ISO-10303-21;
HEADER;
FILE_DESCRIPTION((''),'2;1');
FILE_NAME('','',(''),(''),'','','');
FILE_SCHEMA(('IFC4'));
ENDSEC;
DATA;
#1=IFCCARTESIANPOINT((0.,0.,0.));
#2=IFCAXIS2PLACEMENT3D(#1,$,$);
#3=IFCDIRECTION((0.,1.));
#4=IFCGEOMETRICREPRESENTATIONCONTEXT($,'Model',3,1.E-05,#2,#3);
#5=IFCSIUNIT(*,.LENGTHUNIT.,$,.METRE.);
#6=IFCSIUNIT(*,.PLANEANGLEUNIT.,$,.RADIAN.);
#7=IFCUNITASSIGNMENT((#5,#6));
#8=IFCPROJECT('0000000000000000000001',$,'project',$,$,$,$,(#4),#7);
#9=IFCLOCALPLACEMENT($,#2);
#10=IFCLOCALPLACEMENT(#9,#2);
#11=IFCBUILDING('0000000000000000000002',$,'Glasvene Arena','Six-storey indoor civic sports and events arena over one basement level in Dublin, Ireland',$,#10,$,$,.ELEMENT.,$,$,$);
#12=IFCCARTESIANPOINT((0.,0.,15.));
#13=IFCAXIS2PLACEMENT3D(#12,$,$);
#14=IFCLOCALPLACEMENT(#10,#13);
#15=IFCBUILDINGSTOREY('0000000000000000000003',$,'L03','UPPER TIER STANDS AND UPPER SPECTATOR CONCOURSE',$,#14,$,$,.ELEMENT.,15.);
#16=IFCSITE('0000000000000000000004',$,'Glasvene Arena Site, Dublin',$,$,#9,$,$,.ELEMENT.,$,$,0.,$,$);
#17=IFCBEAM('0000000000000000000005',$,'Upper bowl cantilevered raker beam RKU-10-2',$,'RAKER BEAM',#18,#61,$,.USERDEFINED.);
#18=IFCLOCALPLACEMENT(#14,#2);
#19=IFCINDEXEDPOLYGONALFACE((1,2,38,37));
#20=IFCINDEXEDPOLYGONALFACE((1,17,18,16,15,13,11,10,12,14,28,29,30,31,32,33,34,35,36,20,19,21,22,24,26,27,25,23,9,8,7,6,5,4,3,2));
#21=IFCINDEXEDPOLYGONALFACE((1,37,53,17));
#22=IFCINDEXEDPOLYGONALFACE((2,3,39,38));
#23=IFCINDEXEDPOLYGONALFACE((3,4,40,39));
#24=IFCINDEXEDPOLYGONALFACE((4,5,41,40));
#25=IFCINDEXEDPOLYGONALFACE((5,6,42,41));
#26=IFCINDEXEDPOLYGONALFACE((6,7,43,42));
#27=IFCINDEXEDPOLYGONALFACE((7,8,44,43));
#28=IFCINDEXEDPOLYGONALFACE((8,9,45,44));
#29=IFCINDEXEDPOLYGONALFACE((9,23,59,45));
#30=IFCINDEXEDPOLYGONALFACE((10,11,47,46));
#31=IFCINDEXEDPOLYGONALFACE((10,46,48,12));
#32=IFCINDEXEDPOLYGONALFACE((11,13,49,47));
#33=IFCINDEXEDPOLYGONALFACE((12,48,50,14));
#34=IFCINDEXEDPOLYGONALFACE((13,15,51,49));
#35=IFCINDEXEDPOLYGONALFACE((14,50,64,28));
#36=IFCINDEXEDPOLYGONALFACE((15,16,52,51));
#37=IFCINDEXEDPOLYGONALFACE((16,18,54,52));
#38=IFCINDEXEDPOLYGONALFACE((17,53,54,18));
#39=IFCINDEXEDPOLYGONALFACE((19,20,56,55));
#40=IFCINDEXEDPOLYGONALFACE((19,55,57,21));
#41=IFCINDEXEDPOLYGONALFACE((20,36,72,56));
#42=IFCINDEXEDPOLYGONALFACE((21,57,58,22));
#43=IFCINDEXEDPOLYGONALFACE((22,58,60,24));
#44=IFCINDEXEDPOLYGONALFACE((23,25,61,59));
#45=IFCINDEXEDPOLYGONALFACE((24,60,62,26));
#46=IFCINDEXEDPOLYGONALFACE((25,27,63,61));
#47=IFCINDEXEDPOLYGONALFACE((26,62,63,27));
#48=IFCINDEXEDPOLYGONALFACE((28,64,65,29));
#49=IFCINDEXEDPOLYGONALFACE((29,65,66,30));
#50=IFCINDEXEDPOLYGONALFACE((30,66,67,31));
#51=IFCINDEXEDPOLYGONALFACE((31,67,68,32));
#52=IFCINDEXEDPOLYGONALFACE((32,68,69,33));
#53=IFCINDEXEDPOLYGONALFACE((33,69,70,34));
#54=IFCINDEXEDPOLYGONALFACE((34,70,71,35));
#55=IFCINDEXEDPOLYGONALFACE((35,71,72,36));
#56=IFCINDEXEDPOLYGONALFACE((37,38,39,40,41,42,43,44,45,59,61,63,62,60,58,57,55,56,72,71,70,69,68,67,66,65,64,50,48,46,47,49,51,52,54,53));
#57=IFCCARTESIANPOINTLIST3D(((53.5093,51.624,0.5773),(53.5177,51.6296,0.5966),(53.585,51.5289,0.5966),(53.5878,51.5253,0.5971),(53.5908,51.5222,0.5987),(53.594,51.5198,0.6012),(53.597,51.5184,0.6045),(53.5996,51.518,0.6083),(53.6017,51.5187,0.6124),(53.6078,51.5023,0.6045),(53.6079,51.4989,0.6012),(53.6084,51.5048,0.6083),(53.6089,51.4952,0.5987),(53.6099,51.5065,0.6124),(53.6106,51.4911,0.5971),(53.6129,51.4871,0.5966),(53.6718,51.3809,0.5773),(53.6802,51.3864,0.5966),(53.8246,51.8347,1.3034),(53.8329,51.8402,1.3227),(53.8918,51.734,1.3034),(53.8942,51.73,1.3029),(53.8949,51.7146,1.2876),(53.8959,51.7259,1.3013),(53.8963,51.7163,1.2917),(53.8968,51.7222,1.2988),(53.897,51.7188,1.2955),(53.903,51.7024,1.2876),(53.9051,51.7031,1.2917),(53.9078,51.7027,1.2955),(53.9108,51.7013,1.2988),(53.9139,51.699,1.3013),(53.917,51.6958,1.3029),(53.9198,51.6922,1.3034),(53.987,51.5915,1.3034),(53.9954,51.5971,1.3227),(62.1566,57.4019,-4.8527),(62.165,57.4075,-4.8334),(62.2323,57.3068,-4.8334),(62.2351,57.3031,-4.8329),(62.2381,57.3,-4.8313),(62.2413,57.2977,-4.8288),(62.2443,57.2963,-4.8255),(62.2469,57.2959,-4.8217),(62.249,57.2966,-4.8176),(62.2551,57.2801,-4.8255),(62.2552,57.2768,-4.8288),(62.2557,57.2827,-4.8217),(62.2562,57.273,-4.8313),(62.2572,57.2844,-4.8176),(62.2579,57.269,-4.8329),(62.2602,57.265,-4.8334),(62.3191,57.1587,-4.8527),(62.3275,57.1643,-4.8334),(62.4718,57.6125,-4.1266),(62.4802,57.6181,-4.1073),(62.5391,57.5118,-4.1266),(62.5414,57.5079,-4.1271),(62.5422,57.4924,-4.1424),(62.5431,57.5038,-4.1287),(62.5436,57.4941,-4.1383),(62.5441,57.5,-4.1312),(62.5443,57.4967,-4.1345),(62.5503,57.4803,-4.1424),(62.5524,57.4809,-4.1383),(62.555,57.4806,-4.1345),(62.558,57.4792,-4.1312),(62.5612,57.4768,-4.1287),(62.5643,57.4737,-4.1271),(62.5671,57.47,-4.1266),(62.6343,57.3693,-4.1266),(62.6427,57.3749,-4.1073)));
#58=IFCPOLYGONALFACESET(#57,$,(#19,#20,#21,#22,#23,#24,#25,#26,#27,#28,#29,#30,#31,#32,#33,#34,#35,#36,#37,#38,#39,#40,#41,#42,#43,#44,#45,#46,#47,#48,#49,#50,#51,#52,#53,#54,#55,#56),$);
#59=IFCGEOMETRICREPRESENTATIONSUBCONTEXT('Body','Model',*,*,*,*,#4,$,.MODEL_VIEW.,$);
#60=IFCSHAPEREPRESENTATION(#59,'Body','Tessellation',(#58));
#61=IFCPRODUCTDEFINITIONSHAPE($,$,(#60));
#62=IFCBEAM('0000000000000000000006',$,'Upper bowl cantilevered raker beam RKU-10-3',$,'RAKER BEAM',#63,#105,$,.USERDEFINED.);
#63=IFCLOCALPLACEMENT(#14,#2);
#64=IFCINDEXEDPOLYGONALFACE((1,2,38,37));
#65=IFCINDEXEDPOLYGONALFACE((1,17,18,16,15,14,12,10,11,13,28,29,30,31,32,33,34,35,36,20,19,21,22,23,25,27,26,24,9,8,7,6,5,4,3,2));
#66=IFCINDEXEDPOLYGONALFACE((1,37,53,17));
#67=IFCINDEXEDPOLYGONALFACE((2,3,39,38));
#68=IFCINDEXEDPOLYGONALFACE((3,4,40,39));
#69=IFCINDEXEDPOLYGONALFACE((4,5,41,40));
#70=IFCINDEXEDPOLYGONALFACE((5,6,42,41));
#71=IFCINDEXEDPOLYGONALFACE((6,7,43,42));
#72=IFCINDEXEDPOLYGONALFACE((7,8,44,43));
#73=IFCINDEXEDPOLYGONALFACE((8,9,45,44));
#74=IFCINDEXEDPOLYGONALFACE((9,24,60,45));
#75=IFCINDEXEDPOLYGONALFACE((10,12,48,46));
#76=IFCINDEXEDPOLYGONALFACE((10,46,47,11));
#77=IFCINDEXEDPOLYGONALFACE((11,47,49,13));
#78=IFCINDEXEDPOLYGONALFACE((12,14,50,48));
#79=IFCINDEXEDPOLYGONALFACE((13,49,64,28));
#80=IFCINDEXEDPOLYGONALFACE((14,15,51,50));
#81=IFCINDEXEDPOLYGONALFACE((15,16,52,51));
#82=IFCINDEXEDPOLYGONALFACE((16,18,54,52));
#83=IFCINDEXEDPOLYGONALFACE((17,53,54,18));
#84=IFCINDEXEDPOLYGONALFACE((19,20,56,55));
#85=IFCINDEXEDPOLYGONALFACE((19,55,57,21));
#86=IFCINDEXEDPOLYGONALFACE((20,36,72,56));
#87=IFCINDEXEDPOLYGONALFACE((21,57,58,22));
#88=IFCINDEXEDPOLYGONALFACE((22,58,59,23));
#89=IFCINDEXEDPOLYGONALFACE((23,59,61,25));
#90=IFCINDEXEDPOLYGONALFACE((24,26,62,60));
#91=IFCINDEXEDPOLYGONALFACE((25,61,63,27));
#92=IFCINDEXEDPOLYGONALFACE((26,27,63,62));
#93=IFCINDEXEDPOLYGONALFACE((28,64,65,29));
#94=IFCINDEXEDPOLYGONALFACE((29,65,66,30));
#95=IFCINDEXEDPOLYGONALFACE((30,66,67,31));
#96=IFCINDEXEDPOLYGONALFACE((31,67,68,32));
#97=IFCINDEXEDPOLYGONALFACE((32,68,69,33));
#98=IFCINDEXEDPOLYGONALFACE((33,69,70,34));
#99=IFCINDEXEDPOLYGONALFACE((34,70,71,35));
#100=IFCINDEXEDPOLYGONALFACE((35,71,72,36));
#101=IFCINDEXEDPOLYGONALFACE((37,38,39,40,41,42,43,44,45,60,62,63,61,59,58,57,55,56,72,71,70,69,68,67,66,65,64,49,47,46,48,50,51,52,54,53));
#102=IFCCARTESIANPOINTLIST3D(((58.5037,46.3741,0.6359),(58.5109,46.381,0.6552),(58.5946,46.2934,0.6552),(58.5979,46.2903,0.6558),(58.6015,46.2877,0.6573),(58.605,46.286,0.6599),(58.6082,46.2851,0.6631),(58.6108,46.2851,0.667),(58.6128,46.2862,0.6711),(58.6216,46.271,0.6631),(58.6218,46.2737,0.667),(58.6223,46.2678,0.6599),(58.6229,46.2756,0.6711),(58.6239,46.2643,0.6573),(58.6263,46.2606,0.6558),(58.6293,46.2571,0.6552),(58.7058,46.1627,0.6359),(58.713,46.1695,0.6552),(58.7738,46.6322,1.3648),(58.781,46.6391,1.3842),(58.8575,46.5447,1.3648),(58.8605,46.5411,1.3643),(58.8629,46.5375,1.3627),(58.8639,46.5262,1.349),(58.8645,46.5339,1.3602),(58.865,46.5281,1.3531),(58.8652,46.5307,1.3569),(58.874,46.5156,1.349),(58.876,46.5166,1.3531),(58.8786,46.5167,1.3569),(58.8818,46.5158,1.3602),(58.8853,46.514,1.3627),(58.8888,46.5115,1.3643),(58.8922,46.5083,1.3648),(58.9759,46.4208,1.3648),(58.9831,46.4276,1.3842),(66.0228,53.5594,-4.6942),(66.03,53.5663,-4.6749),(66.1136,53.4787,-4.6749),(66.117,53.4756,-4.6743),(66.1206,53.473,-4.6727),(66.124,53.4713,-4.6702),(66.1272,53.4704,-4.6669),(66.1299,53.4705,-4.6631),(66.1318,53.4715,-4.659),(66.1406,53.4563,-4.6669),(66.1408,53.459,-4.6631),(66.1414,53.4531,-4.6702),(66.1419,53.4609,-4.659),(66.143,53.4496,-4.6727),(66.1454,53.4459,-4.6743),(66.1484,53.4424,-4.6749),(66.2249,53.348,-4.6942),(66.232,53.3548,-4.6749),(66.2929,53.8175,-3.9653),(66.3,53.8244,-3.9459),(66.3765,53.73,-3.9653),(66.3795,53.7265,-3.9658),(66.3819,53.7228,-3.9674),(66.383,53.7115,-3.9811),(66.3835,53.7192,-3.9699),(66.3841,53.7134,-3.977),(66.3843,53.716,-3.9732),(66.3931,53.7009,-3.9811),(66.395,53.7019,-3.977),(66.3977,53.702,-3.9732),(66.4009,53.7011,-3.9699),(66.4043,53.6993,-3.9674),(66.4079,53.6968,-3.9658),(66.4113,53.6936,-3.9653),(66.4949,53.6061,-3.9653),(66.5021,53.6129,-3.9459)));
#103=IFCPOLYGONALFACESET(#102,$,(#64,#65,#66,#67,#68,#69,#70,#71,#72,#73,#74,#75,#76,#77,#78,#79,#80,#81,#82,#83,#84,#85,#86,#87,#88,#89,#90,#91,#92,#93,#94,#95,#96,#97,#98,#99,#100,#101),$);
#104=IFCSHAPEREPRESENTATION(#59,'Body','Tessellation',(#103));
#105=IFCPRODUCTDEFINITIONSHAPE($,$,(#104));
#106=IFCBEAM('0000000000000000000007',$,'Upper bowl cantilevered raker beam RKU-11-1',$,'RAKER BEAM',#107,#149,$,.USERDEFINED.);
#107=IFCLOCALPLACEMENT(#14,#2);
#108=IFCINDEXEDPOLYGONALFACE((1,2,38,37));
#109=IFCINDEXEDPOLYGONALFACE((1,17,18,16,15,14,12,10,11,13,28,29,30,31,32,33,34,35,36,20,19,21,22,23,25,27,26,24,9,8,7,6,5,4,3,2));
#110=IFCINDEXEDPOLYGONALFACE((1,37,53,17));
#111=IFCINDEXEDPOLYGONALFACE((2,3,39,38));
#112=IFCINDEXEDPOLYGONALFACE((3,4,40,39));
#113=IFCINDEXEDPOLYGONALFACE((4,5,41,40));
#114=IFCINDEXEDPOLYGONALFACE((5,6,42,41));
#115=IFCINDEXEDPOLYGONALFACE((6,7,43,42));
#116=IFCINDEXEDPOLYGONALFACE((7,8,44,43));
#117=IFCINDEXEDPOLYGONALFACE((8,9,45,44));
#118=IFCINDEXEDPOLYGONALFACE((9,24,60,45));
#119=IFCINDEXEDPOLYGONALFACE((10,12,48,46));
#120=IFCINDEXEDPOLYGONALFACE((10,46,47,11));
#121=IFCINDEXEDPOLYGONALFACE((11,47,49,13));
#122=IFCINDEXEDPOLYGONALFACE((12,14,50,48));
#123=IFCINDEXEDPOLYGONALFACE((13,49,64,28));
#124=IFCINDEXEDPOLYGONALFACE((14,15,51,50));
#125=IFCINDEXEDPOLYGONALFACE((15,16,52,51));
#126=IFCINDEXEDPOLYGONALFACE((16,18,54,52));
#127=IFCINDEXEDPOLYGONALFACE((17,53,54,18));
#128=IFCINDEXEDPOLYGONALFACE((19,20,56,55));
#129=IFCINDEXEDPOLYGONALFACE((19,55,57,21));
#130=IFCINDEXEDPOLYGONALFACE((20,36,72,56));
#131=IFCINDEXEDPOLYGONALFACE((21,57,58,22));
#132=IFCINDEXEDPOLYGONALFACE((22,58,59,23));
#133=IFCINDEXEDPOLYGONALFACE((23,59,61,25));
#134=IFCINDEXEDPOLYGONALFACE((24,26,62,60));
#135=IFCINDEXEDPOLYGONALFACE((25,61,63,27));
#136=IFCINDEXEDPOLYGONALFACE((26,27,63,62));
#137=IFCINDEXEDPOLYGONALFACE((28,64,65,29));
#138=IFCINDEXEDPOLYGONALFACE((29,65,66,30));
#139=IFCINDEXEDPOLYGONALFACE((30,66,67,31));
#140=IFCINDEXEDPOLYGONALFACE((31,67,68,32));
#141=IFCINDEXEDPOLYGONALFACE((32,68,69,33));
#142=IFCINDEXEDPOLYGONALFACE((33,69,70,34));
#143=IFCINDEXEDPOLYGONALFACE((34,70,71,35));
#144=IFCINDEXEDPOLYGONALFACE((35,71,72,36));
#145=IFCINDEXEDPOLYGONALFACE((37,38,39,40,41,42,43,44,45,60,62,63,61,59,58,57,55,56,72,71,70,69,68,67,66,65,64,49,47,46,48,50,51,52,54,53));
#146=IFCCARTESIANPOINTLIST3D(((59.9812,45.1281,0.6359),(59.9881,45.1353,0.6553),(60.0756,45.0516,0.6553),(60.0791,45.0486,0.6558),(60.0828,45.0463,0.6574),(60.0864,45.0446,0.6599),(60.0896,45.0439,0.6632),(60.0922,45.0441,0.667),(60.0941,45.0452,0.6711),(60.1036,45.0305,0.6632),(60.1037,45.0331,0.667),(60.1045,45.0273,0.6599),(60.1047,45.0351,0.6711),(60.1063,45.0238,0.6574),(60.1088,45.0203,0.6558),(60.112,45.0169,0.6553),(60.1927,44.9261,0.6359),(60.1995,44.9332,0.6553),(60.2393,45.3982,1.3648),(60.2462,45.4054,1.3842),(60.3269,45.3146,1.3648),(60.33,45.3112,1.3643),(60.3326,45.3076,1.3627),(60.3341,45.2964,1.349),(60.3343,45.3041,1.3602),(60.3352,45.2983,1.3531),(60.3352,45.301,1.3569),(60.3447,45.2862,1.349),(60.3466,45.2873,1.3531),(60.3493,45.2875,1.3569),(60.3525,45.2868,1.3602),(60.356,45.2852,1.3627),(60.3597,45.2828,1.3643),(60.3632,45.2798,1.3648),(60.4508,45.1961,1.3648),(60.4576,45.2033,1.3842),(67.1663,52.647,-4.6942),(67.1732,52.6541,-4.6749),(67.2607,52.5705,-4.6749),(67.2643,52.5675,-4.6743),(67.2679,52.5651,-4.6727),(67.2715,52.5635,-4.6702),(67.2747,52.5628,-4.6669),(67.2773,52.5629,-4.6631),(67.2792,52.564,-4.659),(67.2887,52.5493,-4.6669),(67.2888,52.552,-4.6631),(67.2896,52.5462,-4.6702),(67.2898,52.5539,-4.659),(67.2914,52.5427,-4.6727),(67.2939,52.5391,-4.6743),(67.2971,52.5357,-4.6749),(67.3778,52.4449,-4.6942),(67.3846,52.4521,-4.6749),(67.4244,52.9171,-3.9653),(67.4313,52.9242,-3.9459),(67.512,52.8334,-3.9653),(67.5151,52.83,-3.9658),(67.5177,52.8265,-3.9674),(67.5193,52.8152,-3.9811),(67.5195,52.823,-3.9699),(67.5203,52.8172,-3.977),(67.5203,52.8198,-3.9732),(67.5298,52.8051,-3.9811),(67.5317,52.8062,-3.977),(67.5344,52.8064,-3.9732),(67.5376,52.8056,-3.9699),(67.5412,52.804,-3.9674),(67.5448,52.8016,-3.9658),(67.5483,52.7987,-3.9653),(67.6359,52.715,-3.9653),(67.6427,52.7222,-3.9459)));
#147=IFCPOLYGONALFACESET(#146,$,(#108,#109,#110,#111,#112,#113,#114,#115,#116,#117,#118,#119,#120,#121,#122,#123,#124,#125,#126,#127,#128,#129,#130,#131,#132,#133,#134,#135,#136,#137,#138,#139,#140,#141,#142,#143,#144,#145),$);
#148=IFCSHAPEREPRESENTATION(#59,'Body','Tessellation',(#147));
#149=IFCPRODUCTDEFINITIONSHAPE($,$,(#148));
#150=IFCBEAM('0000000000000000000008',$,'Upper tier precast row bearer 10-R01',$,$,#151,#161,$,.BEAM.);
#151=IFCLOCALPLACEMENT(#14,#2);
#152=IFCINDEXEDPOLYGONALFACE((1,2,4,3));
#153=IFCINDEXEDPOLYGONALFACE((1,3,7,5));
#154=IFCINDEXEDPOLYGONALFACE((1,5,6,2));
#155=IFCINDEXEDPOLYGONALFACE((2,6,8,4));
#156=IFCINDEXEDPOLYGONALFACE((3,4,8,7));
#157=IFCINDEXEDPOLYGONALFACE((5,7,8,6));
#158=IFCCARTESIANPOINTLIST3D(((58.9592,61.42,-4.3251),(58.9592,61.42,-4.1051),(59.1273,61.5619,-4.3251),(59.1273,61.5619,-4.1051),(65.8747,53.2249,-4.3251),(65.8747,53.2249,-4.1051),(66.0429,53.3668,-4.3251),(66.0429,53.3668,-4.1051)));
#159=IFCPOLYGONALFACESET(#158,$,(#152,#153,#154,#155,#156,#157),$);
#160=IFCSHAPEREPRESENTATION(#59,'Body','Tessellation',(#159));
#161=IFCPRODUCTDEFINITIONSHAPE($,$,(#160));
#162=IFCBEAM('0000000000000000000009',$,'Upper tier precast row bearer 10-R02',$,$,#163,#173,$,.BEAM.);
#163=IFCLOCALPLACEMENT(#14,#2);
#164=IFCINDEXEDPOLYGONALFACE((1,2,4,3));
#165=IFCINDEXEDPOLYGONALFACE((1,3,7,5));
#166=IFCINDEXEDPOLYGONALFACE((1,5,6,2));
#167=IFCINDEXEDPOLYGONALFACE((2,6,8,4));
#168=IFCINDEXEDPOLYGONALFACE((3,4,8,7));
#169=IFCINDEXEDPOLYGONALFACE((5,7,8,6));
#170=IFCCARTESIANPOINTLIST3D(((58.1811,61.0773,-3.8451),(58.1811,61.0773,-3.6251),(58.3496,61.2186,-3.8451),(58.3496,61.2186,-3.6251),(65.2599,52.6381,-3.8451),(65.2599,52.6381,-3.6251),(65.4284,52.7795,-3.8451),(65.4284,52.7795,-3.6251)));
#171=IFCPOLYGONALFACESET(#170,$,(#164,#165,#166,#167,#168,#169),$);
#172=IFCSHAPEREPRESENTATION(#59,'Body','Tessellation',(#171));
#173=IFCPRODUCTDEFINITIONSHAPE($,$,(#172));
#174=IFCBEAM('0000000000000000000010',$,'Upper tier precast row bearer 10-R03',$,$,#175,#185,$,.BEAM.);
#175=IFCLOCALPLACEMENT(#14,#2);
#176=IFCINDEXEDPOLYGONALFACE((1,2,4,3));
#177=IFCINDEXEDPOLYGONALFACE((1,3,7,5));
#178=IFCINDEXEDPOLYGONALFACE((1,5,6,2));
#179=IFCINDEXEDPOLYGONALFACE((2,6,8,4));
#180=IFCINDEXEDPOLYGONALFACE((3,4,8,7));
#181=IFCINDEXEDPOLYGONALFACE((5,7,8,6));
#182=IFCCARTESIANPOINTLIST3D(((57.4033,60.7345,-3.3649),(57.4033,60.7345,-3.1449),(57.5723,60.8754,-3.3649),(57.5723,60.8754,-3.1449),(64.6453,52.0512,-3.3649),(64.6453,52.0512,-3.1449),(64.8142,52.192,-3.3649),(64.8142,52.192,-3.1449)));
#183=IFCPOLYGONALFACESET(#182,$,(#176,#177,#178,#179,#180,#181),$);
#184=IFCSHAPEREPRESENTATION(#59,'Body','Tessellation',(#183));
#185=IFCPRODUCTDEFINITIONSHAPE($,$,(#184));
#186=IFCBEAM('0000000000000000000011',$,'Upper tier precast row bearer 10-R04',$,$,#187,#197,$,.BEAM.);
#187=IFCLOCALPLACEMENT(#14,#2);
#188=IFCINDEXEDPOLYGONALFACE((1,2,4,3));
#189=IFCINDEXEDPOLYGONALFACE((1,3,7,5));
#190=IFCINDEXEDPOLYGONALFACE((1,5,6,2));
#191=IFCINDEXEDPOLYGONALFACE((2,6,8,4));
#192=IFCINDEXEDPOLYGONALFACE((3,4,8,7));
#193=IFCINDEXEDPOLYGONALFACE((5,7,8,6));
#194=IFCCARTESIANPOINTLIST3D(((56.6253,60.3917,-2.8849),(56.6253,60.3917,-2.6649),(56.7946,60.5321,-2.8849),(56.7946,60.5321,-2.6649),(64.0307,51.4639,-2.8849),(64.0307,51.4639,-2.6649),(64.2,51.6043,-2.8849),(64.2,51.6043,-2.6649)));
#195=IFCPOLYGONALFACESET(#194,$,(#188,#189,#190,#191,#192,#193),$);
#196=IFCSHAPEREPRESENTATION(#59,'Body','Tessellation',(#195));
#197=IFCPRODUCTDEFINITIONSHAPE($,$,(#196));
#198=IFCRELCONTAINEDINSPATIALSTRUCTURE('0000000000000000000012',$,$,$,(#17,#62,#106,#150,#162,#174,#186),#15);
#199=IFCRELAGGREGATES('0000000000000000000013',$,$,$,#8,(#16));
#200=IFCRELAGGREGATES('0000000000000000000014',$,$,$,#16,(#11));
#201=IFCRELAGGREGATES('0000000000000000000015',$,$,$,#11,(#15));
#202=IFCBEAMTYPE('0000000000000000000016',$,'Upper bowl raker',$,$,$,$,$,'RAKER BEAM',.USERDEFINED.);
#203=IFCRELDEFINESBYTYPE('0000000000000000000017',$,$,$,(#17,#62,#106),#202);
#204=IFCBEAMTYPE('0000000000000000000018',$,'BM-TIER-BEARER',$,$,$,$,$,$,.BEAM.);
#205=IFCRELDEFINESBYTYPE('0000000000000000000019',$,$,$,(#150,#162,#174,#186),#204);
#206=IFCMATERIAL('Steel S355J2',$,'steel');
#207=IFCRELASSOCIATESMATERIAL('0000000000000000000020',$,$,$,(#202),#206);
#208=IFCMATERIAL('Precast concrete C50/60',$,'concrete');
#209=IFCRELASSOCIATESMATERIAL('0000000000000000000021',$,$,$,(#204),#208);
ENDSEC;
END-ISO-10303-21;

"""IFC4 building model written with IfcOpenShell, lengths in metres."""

from ifc_helpers import new_model, si_unit, direction, frame, origin, origin_2d, place, context, subcontext, project, spatial, rectangle, i_section, extrude, material, material_profile, profile_set, type_object, element, save


model = new_model("IFC4")

# Units and contexts
model_context = context("Model", 3, precision=1e-05, world=origin(), true_north=direction((0.0, 1.0)))
body_context = subcontext(model_context, "Body", "Model", "MODEL_VIEW")
ifc_project = project(units=[si_unit("LENGTHUNIT", "METRE"), si_unit("PLANEANGLEUNIT", "RADIAN")], contexts=[model_context])

# Site, building, storey
site_placement = place(None, origin())
site = spatial("IfcSite", under=ifc_project, at=site_placement, Name="Glasvene Arena Site, Dublin", CompositionType="ELEMENT", RefElevation=0.0)
building_placement = place(site_placement, origin())
building = spatial("IfcBuilding", under=site, at=building_placement, Name="Glasvene Arena", Description="Six-storey indoor civic sports and events arena over one basement level in Dublin, Ireland", CompositionType="ELEMENT")
storey_placement = place(building_placement, frame((0.0, 0.0, 15.0)))
storey = spatial("IfcBuildingStorey", under=building, at=storey_placement, Name="L03", Description="UPPER TIER STANDS AND UPPER SPECTATOR CONCOURSE", CompositionType="ELEMENT", Elevation=15.0)

# Shared definitions
ifc_material_1 = material(Name="Steel S355J2", Category="steel")

# Beams
ifc_material_profile_1 = material_profile(ifc_material_1, i_section(OverallWidth=0.2925, OverallDepth=0.8408, WebThickness=0.0146, FlangeThickness=0.0217, FilletRadius=0.0178, at=origin_2d()), Name="UKB 838x292x194")
ifc_profile_set_1 = profile_set([ifc_material_profile_1], Name="Steel S355J2")
beam_type_1 = type_object("IfcBeamType", Name="Upper bowl raker", ElementType="RAKER BEAM", PredefinedType="USERDEFINED", material=ifc_profile_set_1)
beam_1_placement = place(storey_placement, frame((62.3997, 57.3884, -4.48), z_axis=(-0.737057, -0.492481, 0.462827), x_axis=(0.555567, -0.831472, 0.0)))
element("IfcBeam", 1, at=beam_1_placement, inside=storey, type_object=beam_type_1, Name="Upper bowl cantilevered raker beam RKU-10-2", ObjectType="RAKER BEAM", PredefinedType="USERDEFINED", context=body_context, shape_type="SweptSolid", body=[
    extrude(i_section(OverallWidth=0.2925, OverallDepth=0.8408, WebThickness=0.0146, FlangeThickness=0.0217, FilletRadius=0.0178, at=origin_2d()), origin(), (0.0, 0.0, 1.0), 11.7322),
])
beam_2_placement = place(storey_placement, frame((66.2625, 53.5862, -4.3201), z_axis=(-0.643396, -0.614838, 0.456088), x_axis=(0.69088, -0.72297, 0.0)))
element("IfcBeam", 2, at=beam_2_placement, inside=storey, type_object=beam_type_1, Name="Upper bowl cantilevered raker beam RKU-10-3", ObjectType="RAKER BEAM", PredefinedType="USERDEFINED", context=body_context, shape_type="SweptSolid", body=[
    extrude(i_section(OverallWidth=0.2925, OverallDepth=0.8408, WebThickness=0.0146, FlangeThickness=0.0217, FilletRadius=0.0178, at=origin_2d()), origin(), (0.0, 0.0, 1.0), 11.6865),
])
beam_3_placement = place(storey_placement, frame((67.4045, 52.6846, -4.3201), z_axis=(-0.614833, -0.643392, 0.4561), x_axis=(0.72297, -0.690879, 0.0)))
element("IfcBeam", 3, at=beam_3_placement, inside=storey, type_object=beam_type_1, Name="Upper bowl cantilevered raker beam RKU-11-1", ObjectType="RAKER BEAM", PredefinedType="USERDEFINED", context=body_context, shape_type="SweptSolid", body=[
    extrude(i_section(OverallWidth=0.2925, OverallDepth=0.8408, WebThickness=0.0146, FlangeThickness=0.0217, FilletRadius=0.0178, at=origin_2d()), origin(), (0.0, 0.0, 1.0), 11.6863),
])
ifc_material_2 = material(Name="Precast concrete C50/60", Category="concrete")
ifc_material_profile_2 = material_profile(ifc_material_2, rectangle(XDim=0.22, YDim=0.22, at=origin_2d()), Name="RC 220x220")
ifc_profile_set_2 = profile_set([ifc_material_profile_2], Name="Precast concrete C50/60")
beam_type_2 = type_object("IfcBeamType", Name="BM-TIER-BEARER", PredefinedType="BEAM", material=ifc_profile_set_2)
beam_4_placement = place(storey_placement, frame((59.0432, 61.491, -4.2151), z_axis=(0.644922, -0.764248, 0.0), x_axis=(0.764248, 0.644922, 0.0)))
element("IfcBeam", 4, at=beam_4_placement, inside=storey, type_object=beam_type_2, Name="Upper tier precast row bearer 10-R01", PredefinedType="BEAM", context=body_context, shape_type="SweptSolid", body=[
    extrude(rectangle(XDim=0.22, YDim=0.22, at=origin_2d()), origin(), (0.0, 0.0, 1.0), 10.7231),
])
beam_5_placement = place(storey_placement, frame((58.2654, 61.1479, -3.7351), z_axis=(0.642655, -0.766155, 0.0), x_axis=(0.766155, 0.642655, 0.0)))
element("IfcBeam", 5, at=beam_5_placement, inside=storey, type_object=beam_type_2, Name="Upper tier precast row bearer 10-R02", PredefinedType="BEAM", context=body_context, shape_type="SweptSolid", body=[
    extrude(rectangle(XDim=0.22, YDim=0.22, at=origin_2d()), origin(), (0.0, 0.0, 1.0), 11.0149),
])
beam_6_placement = place(storey_placement, frame((57.4878, 60.8049, -3.2549), z_axis=(0.640488, -0.767968, 0.0), x_axis=(0.767968, 0.640488, 0.0)))
element("IfcBeam", 6, at=beam_6_placement, inside=storey, type_object=beam_type_2, Name="Upper tier precast row bearer 10-R03", PredefinedType="BEAM", context=body_context, shape_type="SweptSolid", body=[
    extrude(rectangle(XDim=0.22, YDim=0.22, at=origin_2d()), origin(), (0.0, 0.0, 1.0), 11.3069),
])
beam_7_placement = place(storey_placement, frame((56.71, 60.4619, -2.7749), z_axis=(0.638427, -0.769682, 0.0), x_axis=(0.769682, 0.638427, 0.0)))
element("IfcBeam", 7, at=beam_7_placement, inside=storey, type_object=beam_type_2, Name="Upper tier precast row bearer 10-R04", PredefinedType="BEAM", context=body_context, shape_type="SweptSolid", body=[
    extrude(rectangle(XDim=0.22, YDim=0.22, at=origin_2d()), origin(), (0.0, 0.0, 1.0), 11.5994),
])

save(model, "model.ifc")
